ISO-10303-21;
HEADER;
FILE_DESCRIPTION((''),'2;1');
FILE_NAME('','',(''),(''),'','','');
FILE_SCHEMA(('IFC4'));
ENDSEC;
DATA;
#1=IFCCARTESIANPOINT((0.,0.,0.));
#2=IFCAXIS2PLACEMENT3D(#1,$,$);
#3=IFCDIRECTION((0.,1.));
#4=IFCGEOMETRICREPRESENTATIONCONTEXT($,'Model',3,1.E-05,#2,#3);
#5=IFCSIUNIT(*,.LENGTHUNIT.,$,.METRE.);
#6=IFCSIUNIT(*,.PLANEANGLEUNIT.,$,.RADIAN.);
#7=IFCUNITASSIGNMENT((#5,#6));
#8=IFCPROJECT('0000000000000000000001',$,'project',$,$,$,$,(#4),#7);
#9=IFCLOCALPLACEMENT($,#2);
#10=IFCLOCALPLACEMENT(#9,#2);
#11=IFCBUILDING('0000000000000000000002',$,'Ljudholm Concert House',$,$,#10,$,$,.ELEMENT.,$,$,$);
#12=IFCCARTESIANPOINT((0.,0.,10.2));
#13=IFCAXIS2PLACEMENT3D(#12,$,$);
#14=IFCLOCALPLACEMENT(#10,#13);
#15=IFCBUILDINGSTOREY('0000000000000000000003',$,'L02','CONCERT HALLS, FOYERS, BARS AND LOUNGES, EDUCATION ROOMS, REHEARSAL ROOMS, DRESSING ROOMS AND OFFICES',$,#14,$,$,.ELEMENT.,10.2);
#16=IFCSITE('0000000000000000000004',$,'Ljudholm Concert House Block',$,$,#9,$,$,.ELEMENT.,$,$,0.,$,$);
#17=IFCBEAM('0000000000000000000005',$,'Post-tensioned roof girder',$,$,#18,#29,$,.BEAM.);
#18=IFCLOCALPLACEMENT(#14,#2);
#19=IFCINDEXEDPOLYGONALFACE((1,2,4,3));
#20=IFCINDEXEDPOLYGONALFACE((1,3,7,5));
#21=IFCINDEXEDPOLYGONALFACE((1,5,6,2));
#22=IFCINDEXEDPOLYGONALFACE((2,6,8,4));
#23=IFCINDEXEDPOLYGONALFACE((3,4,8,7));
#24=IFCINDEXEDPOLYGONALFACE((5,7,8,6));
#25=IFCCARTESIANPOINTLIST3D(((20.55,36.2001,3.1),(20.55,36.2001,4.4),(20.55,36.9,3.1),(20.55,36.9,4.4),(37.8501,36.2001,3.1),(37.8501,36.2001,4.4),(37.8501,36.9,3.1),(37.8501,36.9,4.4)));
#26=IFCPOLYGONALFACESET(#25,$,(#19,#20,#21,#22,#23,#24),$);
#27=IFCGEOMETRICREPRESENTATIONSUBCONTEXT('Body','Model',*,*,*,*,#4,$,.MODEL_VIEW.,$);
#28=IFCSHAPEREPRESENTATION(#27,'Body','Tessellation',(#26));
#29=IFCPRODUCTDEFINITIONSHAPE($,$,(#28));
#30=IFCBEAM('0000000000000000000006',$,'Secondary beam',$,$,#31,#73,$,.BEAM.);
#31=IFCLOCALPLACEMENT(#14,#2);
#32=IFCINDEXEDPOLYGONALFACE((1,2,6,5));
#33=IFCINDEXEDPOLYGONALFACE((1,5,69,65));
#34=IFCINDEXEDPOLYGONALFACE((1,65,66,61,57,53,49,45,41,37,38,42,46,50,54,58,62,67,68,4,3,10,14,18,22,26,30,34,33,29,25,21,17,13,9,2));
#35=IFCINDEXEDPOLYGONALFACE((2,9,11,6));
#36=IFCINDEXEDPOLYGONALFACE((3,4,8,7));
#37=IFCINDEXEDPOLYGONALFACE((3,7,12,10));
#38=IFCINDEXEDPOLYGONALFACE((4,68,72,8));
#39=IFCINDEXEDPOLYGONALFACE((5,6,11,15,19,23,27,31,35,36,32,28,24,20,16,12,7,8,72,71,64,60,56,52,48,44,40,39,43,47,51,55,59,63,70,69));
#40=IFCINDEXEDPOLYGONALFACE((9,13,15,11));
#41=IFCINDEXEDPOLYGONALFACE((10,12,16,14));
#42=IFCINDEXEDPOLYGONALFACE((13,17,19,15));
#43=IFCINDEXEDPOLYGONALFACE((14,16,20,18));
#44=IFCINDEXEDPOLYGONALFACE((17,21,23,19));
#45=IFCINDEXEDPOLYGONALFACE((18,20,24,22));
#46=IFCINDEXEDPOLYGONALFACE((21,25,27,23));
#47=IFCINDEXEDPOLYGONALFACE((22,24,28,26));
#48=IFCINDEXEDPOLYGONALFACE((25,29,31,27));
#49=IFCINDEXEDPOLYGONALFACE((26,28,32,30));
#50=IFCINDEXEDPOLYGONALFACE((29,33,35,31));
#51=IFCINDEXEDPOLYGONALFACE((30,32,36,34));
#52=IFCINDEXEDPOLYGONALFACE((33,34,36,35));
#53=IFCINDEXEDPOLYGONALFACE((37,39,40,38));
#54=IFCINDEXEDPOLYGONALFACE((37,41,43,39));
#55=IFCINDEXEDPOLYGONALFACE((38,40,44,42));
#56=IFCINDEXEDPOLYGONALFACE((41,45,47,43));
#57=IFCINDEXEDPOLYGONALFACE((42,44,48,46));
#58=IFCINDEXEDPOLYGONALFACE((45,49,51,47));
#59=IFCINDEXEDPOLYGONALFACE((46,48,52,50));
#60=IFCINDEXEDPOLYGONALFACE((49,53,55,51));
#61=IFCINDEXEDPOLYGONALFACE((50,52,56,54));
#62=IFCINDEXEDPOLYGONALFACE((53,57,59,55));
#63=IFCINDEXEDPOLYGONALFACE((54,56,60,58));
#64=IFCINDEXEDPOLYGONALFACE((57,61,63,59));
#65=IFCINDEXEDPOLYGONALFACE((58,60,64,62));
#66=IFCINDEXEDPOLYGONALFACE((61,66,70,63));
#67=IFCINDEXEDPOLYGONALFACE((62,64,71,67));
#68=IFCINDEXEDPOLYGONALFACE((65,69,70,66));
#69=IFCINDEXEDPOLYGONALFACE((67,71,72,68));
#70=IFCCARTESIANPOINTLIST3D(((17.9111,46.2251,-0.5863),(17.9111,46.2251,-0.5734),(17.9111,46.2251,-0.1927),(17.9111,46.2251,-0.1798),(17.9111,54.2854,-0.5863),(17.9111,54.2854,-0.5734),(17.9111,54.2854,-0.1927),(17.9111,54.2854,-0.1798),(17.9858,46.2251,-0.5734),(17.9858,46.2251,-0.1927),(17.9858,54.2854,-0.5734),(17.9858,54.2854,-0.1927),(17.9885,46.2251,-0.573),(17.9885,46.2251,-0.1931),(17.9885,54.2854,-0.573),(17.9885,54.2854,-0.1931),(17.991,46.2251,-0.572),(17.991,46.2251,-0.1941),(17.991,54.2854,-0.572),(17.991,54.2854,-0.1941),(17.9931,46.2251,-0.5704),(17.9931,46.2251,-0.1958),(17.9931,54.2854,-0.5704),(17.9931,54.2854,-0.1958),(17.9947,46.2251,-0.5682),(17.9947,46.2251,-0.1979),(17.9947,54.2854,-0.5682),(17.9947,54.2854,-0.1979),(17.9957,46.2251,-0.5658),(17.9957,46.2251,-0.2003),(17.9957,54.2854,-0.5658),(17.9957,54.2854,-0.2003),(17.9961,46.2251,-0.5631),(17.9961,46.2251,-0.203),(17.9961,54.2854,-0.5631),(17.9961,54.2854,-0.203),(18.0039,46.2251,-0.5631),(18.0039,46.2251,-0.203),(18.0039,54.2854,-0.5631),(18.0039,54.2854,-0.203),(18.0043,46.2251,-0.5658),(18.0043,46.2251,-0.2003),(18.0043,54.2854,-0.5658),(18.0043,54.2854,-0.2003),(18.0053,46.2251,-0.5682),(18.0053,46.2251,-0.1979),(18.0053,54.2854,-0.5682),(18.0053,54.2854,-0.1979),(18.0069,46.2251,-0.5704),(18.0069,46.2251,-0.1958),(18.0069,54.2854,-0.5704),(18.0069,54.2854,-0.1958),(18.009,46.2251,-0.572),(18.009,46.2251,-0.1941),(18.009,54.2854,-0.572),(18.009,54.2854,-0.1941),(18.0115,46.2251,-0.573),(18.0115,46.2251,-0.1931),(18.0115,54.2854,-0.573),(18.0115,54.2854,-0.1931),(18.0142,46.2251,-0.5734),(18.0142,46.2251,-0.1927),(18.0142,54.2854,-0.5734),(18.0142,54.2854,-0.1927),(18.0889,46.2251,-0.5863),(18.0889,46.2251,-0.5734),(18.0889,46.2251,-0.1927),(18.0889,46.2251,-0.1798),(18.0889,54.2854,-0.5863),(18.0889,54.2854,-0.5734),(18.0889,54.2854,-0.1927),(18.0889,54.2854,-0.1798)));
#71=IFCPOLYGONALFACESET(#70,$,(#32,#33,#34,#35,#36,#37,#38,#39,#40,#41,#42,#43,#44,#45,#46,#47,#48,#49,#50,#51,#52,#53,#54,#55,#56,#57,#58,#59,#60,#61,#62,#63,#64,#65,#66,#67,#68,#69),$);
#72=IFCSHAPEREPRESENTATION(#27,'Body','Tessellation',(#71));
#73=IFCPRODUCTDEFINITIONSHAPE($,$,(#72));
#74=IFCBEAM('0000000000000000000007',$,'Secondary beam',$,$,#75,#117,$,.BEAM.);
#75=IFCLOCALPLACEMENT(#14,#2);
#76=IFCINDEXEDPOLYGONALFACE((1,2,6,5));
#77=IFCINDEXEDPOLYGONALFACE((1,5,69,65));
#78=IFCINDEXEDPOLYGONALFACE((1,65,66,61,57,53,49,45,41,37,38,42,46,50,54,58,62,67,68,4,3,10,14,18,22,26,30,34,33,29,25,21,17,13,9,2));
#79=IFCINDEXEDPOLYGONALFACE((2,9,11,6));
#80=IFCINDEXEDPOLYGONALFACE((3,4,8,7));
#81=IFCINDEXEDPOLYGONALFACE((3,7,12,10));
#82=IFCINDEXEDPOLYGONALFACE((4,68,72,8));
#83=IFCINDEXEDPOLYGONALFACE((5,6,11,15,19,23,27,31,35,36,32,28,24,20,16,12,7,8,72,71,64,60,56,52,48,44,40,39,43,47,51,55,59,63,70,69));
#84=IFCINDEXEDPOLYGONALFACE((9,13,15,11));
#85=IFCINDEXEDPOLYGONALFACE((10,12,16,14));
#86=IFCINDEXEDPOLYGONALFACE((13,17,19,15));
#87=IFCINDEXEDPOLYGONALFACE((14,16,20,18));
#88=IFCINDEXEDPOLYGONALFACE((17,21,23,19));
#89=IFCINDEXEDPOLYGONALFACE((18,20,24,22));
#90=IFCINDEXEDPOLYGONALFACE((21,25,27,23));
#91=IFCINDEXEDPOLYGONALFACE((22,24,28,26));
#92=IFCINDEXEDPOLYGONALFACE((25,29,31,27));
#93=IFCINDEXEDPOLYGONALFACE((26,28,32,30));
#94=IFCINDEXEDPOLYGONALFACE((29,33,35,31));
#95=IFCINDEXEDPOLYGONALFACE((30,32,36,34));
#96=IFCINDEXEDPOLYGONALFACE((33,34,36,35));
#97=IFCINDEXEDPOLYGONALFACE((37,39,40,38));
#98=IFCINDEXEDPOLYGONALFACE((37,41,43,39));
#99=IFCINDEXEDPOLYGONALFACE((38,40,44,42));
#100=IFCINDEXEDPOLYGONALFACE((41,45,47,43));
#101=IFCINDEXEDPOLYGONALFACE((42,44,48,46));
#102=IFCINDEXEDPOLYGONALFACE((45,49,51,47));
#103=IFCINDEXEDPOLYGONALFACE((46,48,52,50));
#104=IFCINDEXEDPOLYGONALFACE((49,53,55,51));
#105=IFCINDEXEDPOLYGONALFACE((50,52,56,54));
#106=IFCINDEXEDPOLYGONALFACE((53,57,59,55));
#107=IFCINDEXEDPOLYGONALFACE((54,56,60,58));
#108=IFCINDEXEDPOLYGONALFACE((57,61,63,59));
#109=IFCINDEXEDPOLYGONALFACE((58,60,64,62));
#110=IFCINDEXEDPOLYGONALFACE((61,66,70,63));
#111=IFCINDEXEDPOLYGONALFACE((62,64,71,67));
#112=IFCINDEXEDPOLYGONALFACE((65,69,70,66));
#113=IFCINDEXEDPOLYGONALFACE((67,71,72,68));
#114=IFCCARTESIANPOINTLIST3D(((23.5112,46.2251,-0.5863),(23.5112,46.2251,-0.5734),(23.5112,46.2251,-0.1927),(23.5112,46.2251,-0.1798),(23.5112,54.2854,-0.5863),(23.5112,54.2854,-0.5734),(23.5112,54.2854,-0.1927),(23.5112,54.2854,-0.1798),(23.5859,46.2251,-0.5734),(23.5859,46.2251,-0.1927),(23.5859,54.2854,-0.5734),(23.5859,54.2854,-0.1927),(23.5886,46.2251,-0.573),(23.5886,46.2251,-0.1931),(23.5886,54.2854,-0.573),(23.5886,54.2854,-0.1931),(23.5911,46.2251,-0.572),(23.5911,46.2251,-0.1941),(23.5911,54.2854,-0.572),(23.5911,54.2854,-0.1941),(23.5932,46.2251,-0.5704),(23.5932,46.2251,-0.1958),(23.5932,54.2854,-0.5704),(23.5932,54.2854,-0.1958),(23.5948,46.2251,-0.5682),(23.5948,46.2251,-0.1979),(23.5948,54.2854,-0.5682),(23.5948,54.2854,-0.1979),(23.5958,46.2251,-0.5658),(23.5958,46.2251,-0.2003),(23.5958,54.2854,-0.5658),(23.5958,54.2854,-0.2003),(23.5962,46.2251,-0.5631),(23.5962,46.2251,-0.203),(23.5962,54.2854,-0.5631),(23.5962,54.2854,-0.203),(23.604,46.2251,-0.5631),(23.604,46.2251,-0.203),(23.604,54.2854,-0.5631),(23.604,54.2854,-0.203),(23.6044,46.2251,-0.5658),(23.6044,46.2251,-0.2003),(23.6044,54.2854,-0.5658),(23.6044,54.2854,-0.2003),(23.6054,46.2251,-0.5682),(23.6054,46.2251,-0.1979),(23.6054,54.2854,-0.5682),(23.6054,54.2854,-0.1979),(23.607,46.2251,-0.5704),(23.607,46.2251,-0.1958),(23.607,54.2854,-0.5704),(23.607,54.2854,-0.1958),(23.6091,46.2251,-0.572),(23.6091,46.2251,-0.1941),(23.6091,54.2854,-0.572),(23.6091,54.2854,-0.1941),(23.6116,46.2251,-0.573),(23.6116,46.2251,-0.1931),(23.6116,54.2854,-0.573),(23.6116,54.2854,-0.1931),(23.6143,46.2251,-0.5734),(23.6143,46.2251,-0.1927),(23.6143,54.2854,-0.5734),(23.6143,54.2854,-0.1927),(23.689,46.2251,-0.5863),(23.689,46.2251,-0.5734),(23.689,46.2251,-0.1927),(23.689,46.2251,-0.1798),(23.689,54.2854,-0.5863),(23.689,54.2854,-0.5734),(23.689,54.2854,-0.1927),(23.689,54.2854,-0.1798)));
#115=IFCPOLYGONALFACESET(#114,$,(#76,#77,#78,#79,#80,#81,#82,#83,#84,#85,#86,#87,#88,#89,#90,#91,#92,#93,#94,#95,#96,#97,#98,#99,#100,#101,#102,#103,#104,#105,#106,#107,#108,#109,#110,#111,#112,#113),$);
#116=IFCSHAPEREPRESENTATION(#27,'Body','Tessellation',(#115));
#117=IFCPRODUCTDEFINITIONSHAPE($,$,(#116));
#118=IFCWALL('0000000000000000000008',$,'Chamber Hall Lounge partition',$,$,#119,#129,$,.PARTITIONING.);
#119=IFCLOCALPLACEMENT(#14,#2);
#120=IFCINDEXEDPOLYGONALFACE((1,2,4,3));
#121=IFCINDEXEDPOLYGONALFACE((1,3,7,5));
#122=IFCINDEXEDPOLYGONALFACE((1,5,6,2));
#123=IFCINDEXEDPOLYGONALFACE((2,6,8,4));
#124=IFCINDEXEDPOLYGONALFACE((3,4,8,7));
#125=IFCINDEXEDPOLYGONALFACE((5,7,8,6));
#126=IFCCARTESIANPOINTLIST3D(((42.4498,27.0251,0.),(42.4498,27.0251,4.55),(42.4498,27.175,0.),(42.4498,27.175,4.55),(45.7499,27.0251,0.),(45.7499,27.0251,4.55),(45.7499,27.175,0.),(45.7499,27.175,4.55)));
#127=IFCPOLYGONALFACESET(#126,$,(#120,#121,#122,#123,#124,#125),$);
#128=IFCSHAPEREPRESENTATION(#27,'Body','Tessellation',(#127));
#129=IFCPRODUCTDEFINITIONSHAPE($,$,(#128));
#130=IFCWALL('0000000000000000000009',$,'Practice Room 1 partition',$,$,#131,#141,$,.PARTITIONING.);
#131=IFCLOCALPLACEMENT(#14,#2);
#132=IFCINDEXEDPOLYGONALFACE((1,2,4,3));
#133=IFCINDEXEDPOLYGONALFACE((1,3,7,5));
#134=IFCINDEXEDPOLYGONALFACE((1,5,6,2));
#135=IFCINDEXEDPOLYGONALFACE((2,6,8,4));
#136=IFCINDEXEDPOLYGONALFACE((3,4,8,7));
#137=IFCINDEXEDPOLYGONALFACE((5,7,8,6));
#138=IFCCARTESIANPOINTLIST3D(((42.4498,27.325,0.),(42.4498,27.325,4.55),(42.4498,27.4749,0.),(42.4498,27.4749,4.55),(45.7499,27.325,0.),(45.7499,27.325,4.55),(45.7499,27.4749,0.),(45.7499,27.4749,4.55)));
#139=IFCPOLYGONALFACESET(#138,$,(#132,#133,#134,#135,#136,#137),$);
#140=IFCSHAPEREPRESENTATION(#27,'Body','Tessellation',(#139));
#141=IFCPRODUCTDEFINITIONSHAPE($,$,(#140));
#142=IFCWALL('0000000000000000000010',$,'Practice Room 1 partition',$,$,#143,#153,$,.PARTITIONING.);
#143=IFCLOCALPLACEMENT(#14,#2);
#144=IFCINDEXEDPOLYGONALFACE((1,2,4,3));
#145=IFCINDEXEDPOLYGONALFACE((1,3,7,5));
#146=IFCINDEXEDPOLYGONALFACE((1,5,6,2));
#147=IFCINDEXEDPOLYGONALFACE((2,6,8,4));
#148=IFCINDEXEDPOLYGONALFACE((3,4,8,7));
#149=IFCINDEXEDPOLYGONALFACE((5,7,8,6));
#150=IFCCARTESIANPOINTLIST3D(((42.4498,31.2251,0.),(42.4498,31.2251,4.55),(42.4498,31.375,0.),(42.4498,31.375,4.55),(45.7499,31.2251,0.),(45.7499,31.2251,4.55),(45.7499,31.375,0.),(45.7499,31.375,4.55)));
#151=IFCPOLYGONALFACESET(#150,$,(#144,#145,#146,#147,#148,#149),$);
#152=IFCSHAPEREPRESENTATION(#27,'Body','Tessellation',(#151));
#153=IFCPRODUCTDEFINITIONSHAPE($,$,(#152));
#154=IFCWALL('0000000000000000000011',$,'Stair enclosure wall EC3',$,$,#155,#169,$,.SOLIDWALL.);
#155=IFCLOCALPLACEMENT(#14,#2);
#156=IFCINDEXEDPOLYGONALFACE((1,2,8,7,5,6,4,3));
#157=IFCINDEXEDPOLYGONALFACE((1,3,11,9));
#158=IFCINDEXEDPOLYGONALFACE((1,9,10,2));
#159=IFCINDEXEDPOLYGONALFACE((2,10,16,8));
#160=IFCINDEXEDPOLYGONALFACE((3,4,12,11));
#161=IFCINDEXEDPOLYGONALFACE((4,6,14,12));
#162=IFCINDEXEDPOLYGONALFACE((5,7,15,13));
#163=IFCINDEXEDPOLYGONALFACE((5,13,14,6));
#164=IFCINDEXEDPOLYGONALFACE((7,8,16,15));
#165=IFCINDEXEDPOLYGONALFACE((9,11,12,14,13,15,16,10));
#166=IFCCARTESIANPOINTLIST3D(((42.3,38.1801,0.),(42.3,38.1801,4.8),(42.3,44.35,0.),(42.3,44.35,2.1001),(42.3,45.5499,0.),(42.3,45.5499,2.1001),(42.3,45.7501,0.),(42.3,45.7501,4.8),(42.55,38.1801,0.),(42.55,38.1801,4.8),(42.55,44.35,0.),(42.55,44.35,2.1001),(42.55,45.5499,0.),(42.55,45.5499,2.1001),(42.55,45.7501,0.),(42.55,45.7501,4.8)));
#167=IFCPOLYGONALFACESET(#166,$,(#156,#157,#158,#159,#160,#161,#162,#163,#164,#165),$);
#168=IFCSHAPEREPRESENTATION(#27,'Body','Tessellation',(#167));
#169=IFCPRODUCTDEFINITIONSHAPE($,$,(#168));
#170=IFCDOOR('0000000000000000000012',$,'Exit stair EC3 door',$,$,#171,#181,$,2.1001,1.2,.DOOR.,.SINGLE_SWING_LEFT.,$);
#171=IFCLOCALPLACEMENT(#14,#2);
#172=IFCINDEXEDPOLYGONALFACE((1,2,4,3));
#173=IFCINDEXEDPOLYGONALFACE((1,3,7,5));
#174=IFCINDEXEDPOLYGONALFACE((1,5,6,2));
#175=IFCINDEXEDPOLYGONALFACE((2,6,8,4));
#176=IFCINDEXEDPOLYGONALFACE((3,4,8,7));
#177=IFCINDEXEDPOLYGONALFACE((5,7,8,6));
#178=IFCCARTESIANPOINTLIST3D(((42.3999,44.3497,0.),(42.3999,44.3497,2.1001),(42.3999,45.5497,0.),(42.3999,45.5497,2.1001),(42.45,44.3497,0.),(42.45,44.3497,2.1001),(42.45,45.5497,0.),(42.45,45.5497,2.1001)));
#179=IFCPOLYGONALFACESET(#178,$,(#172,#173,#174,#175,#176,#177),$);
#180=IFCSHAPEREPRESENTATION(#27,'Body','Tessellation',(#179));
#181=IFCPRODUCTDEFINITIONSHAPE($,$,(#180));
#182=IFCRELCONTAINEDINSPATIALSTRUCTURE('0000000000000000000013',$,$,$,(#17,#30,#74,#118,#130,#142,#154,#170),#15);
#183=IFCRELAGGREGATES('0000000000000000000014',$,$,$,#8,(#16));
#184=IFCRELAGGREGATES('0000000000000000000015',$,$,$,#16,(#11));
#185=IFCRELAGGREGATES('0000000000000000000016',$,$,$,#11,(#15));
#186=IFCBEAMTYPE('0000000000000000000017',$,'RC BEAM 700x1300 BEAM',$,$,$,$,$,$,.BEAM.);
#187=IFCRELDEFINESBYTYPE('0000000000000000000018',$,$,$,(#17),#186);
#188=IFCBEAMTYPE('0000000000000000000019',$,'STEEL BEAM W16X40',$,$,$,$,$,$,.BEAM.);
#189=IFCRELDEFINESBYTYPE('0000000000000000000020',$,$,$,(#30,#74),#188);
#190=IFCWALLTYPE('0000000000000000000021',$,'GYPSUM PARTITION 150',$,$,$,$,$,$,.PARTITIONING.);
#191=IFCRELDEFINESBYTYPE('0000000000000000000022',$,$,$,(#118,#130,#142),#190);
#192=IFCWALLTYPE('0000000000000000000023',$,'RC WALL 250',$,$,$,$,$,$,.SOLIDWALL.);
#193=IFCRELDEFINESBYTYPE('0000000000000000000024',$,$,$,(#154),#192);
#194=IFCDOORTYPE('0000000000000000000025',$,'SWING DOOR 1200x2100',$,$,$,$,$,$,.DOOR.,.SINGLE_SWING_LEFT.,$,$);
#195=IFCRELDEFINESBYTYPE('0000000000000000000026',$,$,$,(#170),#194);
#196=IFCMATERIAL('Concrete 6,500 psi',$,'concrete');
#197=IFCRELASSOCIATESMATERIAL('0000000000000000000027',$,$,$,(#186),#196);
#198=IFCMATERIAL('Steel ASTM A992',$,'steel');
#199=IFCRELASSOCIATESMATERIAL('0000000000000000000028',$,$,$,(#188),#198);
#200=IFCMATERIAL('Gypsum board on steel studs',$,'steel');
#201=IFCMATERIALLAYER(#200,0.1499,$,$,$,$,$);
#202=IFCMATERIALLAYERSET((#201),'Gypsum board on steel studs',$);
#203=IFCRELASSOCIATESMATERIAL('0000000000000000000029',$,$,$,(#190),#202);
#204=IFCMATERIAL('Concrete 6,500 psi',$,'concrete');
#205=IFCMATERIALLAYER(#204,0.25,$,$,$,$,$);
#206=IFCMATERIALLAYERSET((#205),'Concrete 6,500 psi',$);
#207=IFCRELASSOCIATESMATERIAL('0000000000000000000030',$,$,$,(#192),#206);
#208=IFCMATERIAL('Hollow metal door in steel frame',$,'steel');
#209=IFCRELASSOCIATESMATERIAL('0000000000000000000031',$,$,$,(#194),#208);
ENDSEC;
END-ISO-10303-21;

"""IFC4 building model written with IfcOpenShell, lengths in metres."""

from ifc_helpers import new_model, si_unit, direction, frame, frame_2d, origin, origin_2d, place, context, subcontext, project, spatial, rectangle, i_section, extrude, material, layer, layer_set, material_profile, profile_set, type_object, element, fill, save


model = new_model("IFC4")

# Units and contexts
model_context = context("Model", 3, precision=1e-05, world=origin(), true_north=direction((0.0, 1.0)))
body_context = subcontext(model_context, "Body", "Model", "MODEL_VIEW")
ifc_project = project(units=[si_unit("LENGTHUNIT", "METRE"), si_unit("PLANEANGLEUNIT", "RADIAN")], contexts=[model_context])

# Site, building, storey
site_placement = place(None, origin())
site = spatial("IfcSite", under=ifc_project, at=site_placement, Name="Ljudholm Concert House Block", CompositionType="ELEMENT", RefElevation=0.0)
building_placement = place(site_placement, origin())
building = spatial("IfcBuilding", under=site, at=building_placement, Name="Ljudholm Concert House", CompositionType="ELEMENT")
storey_placement = place(building_placement, frame((0.0, 0.0, 10.2)))
storey = spatial("IfcBuildingStorey", under=building, at=storey_placement, Name="L02", Description="CONCERT HALLS, FOYERS, BARS AND LOUNGES, EDUCATION ROOMS, REHEARSAL ROOMS, DRESSING ROOMS AND OFFICES", CompositionType="ELEMENT", Elevation=10.2)

# Beams
ifc_material_1 = material(Name="Concrete 6,500 psi", Category="concrete")
ifc_material_profile_1 = material_profile(ifc_material_1, rectangle(XDim=0.7, YDim=1.3, at=origin_2d()), Name="RC BEAM 700x1300 BEAM")
ifc_profile_set_1 = profile_set([ifc_material_profile_1], Name="Concrete 6,500 psi")
beam_type_1 = type_object("IfcBeamType", Name="RC BEAM 700x1300 BEAM", PredefinedType="BEAM", material=ifc_profile_set_1)
for number, where, z_axis, x_axis, name in (
    (1, (20.55, 36.55, 3.75), (1.0, 0.0, 0.0), (0.0, 1.0, 0.0), "Post-tensioned roof girder"),
):
    element("IfcBeam", number, at=place(storey_placement, frame(where, z_axis=z_axis, x_axis=x_axis)), inside=storey, type_object=beam_type_1, Name=name, PredefinedType="BEAM", context=body_context, shape_type="SweptSolid", body=[
        extrude(rectangle(XDim=0.7, YDim=1.3, at=origin_2d()), origin(), (0.0, 0.0, 1.0), 17.3),
    ])
ifc_material_2 = material(Name="Steel ASTM A992", Category="steel")
ifc_material_profile_2 = material_profile(ifc_material_2, i_section(OverallWidth=0.1777, OverallDepth=0.4065, WebThickness=0.0078, FlangeThickness=0.0129, FilletRadius=0.0103, at=origin_2d()), Name="W16X40")
ifc_profile_set_2 = profile_set([ifc_material_profile_2], Name="Steel ASTM A992")
beam_type_2 = type_object("IfcBeamType", Name="STEEL BEAM W16X40", PredefinedType="BEAM", material=ifc_profile_set_2)
for number, where, z_axis, x_axis, name in (
    (2, (18.0, 46.2251, -0.3831), (0.0, 1.0, 0.0), (-1.0, 0.0, 0.0), "Secondary beam"),
    (3, (23.6001, 46.2251, -0.3831), (0.0, 1.0, 0.0), (-1.0, 0.0, 0.0), "Secondary beam"),
):
    element("IfcBeam", number, at=place(storey_placement, frame(where, z_axis=z_axis, x_axis=x_axis)), inside=storey, type_object=beam_type_2, Name=name, PredefinedType="BEAM", context=body_context, shape_type="SweptSolid", body=[
        extrude(i_section(OverallWidth=0.1777, OverallDepth=0.4065, WebThickness=0.0078, FlangeThickness=0.0129, FilletRadius=0.0103, at=origin_2d()), origin(), (0.0, 0.0, 1.0), 8.0603),
    ])

# Walls
ifc_material_3 = material(Name="Gypsum board on steel studs", Category="steel")
ifc_layer_1 = layer(ifc_material_3, 0.1499)
ifc_layer_set_1 = layer_set([ifc_layer_1], Name="Gypsum board on steel studs")
wall_type_1 = type_object("IfcWallType", Name="GYPSUM PARTITION 150", PredefinedType="PARTITIONING", material=ifc_layer_set_1)
for number, where, z_axis, x_axis, name in (
    (4, (42.45, 27.1001, 0.0), (0.0, 0.0, 1.0), (1.0, 0.0, 0.0), "Chamber Hall Lounge partition"),
    (5, (42.45, 27.3999, 0.0), (0.0, 0.0, 1.0), (1.0, 0.0, 0.0), "Practice Room 1 partition"),
    (6, (42.45, 31.3, 0.0), (0.0, 0.0, 1.0), (1.0, 0.0, 0.0), "Practice Room 1 partition"),
):
    element("IfcWall", number, at=place(storey_placement, frame(where, z_axis=z_axis, x_axis=x_axis)), inside=storey, type_object=wall_type_1, Name=name, PredefinedType="PARTITIONING", context=body_context, shape_type="SweptSolid", body=[
        extrude(rectangle(XDim=3.3, YDim=0.1499, at=frame_2d((1.6499, 0.0))), origin(), (0.0, 0.0, 1.0), 4.55),
    ])

# Wall, opening, door
ifc_material_4 = material(Name="Concrete 6,500 psi", Category="concrete")
ifc_layer_2 = layer(ifc_material_4, 0.25)
ifc_layer_set_2 = layer_set([ifc_layer_2], Name="Concrete 6,500 psi")
wall_type_2 = type_object("IfcWallType", Name="RC WALL 250", PredefinedType="SOLIDWALL", material=ifc_layer_set_2)
wall_1_placement = place(storey_placement, frame((42.425, 38.1799, 0.0), z_axis=(0.0, 0.0, 1.0), x_axis=(0.0, 1.0, 0.0)))
wall_1 = element("IfcWall", 7, at=wall_1_placement, inside=storey, type_object=wall_type_2, Name="Stair enclosure wall EC3", PredefinedType="SOLIDWALL", context=body_context, shape_type="SweptSolid", body=[
    extrude(rectangle(XDim=7.5701, YDim=0.25, at=frame_2d((3.7852, 0.0))), origin(), (0.0, 0.0, 1.0), 4.8),
])
opening_placement = place(wall_1_placement, frame((6.1699, 0.0, 0.0)))
opening = element("IfcOpeningElement", 8, at=opening_placement, cuts=wall_1, PredefinedType="OPENING", context=body_context, shape_type="SweptSolid", body=[
    extrude(rectangle(XDim=1.2, YDim=2.1001, at=frame_2d((0.6001, 1.05))), frame((0.0, 0.135, 0.0), z_axis=(0.0, -1.0, 0.0), x_axis=(1.0, 0.0, 0.0)), (0.0, 0.0, 1.0), 0.27),
])
ifc_material_5 = material(Name="Hollow metal door in steel frame", Category="steel")
door_type = type_object("IfcDoorType", Name="SWING DOOR 1200x2100", OperationType="SINGLE_SWING_LEFT", PredefinedType="DOOR", material=ifc_material_5)
door_placement = place(opening_placement, frame((1.2, 0.0, 0.0), z_axis=(0.0, 0.0, 1.0), x_axis=(-1.0, 0.0, 0.0)))
door = element("IfcDoor", 9, at=door_placement, inside=storey, type_object=door_type, Name="Exit stair EC3 door", OperationType="SINGLE_SWING_LEFT", OverallHeight=2.1001, OverallWidth=1.2, PredefinedType="DOOR", context=body_context, shape_type="SweptSolid", body=[
    extrude(rectangle(XDim=1.2, YDim=2.1001, at=frame_2d((0.6001, 1.05))), frame((0.0, 0.0249, 0.0), z_axis=(0.0, -1.0, 0.0), x_axis=(1.0, 0.0, 0.0)), (0.0, 0.0, 1.0), 0.05),
])
fill(opening, door)

save(model, "model.ifc")
